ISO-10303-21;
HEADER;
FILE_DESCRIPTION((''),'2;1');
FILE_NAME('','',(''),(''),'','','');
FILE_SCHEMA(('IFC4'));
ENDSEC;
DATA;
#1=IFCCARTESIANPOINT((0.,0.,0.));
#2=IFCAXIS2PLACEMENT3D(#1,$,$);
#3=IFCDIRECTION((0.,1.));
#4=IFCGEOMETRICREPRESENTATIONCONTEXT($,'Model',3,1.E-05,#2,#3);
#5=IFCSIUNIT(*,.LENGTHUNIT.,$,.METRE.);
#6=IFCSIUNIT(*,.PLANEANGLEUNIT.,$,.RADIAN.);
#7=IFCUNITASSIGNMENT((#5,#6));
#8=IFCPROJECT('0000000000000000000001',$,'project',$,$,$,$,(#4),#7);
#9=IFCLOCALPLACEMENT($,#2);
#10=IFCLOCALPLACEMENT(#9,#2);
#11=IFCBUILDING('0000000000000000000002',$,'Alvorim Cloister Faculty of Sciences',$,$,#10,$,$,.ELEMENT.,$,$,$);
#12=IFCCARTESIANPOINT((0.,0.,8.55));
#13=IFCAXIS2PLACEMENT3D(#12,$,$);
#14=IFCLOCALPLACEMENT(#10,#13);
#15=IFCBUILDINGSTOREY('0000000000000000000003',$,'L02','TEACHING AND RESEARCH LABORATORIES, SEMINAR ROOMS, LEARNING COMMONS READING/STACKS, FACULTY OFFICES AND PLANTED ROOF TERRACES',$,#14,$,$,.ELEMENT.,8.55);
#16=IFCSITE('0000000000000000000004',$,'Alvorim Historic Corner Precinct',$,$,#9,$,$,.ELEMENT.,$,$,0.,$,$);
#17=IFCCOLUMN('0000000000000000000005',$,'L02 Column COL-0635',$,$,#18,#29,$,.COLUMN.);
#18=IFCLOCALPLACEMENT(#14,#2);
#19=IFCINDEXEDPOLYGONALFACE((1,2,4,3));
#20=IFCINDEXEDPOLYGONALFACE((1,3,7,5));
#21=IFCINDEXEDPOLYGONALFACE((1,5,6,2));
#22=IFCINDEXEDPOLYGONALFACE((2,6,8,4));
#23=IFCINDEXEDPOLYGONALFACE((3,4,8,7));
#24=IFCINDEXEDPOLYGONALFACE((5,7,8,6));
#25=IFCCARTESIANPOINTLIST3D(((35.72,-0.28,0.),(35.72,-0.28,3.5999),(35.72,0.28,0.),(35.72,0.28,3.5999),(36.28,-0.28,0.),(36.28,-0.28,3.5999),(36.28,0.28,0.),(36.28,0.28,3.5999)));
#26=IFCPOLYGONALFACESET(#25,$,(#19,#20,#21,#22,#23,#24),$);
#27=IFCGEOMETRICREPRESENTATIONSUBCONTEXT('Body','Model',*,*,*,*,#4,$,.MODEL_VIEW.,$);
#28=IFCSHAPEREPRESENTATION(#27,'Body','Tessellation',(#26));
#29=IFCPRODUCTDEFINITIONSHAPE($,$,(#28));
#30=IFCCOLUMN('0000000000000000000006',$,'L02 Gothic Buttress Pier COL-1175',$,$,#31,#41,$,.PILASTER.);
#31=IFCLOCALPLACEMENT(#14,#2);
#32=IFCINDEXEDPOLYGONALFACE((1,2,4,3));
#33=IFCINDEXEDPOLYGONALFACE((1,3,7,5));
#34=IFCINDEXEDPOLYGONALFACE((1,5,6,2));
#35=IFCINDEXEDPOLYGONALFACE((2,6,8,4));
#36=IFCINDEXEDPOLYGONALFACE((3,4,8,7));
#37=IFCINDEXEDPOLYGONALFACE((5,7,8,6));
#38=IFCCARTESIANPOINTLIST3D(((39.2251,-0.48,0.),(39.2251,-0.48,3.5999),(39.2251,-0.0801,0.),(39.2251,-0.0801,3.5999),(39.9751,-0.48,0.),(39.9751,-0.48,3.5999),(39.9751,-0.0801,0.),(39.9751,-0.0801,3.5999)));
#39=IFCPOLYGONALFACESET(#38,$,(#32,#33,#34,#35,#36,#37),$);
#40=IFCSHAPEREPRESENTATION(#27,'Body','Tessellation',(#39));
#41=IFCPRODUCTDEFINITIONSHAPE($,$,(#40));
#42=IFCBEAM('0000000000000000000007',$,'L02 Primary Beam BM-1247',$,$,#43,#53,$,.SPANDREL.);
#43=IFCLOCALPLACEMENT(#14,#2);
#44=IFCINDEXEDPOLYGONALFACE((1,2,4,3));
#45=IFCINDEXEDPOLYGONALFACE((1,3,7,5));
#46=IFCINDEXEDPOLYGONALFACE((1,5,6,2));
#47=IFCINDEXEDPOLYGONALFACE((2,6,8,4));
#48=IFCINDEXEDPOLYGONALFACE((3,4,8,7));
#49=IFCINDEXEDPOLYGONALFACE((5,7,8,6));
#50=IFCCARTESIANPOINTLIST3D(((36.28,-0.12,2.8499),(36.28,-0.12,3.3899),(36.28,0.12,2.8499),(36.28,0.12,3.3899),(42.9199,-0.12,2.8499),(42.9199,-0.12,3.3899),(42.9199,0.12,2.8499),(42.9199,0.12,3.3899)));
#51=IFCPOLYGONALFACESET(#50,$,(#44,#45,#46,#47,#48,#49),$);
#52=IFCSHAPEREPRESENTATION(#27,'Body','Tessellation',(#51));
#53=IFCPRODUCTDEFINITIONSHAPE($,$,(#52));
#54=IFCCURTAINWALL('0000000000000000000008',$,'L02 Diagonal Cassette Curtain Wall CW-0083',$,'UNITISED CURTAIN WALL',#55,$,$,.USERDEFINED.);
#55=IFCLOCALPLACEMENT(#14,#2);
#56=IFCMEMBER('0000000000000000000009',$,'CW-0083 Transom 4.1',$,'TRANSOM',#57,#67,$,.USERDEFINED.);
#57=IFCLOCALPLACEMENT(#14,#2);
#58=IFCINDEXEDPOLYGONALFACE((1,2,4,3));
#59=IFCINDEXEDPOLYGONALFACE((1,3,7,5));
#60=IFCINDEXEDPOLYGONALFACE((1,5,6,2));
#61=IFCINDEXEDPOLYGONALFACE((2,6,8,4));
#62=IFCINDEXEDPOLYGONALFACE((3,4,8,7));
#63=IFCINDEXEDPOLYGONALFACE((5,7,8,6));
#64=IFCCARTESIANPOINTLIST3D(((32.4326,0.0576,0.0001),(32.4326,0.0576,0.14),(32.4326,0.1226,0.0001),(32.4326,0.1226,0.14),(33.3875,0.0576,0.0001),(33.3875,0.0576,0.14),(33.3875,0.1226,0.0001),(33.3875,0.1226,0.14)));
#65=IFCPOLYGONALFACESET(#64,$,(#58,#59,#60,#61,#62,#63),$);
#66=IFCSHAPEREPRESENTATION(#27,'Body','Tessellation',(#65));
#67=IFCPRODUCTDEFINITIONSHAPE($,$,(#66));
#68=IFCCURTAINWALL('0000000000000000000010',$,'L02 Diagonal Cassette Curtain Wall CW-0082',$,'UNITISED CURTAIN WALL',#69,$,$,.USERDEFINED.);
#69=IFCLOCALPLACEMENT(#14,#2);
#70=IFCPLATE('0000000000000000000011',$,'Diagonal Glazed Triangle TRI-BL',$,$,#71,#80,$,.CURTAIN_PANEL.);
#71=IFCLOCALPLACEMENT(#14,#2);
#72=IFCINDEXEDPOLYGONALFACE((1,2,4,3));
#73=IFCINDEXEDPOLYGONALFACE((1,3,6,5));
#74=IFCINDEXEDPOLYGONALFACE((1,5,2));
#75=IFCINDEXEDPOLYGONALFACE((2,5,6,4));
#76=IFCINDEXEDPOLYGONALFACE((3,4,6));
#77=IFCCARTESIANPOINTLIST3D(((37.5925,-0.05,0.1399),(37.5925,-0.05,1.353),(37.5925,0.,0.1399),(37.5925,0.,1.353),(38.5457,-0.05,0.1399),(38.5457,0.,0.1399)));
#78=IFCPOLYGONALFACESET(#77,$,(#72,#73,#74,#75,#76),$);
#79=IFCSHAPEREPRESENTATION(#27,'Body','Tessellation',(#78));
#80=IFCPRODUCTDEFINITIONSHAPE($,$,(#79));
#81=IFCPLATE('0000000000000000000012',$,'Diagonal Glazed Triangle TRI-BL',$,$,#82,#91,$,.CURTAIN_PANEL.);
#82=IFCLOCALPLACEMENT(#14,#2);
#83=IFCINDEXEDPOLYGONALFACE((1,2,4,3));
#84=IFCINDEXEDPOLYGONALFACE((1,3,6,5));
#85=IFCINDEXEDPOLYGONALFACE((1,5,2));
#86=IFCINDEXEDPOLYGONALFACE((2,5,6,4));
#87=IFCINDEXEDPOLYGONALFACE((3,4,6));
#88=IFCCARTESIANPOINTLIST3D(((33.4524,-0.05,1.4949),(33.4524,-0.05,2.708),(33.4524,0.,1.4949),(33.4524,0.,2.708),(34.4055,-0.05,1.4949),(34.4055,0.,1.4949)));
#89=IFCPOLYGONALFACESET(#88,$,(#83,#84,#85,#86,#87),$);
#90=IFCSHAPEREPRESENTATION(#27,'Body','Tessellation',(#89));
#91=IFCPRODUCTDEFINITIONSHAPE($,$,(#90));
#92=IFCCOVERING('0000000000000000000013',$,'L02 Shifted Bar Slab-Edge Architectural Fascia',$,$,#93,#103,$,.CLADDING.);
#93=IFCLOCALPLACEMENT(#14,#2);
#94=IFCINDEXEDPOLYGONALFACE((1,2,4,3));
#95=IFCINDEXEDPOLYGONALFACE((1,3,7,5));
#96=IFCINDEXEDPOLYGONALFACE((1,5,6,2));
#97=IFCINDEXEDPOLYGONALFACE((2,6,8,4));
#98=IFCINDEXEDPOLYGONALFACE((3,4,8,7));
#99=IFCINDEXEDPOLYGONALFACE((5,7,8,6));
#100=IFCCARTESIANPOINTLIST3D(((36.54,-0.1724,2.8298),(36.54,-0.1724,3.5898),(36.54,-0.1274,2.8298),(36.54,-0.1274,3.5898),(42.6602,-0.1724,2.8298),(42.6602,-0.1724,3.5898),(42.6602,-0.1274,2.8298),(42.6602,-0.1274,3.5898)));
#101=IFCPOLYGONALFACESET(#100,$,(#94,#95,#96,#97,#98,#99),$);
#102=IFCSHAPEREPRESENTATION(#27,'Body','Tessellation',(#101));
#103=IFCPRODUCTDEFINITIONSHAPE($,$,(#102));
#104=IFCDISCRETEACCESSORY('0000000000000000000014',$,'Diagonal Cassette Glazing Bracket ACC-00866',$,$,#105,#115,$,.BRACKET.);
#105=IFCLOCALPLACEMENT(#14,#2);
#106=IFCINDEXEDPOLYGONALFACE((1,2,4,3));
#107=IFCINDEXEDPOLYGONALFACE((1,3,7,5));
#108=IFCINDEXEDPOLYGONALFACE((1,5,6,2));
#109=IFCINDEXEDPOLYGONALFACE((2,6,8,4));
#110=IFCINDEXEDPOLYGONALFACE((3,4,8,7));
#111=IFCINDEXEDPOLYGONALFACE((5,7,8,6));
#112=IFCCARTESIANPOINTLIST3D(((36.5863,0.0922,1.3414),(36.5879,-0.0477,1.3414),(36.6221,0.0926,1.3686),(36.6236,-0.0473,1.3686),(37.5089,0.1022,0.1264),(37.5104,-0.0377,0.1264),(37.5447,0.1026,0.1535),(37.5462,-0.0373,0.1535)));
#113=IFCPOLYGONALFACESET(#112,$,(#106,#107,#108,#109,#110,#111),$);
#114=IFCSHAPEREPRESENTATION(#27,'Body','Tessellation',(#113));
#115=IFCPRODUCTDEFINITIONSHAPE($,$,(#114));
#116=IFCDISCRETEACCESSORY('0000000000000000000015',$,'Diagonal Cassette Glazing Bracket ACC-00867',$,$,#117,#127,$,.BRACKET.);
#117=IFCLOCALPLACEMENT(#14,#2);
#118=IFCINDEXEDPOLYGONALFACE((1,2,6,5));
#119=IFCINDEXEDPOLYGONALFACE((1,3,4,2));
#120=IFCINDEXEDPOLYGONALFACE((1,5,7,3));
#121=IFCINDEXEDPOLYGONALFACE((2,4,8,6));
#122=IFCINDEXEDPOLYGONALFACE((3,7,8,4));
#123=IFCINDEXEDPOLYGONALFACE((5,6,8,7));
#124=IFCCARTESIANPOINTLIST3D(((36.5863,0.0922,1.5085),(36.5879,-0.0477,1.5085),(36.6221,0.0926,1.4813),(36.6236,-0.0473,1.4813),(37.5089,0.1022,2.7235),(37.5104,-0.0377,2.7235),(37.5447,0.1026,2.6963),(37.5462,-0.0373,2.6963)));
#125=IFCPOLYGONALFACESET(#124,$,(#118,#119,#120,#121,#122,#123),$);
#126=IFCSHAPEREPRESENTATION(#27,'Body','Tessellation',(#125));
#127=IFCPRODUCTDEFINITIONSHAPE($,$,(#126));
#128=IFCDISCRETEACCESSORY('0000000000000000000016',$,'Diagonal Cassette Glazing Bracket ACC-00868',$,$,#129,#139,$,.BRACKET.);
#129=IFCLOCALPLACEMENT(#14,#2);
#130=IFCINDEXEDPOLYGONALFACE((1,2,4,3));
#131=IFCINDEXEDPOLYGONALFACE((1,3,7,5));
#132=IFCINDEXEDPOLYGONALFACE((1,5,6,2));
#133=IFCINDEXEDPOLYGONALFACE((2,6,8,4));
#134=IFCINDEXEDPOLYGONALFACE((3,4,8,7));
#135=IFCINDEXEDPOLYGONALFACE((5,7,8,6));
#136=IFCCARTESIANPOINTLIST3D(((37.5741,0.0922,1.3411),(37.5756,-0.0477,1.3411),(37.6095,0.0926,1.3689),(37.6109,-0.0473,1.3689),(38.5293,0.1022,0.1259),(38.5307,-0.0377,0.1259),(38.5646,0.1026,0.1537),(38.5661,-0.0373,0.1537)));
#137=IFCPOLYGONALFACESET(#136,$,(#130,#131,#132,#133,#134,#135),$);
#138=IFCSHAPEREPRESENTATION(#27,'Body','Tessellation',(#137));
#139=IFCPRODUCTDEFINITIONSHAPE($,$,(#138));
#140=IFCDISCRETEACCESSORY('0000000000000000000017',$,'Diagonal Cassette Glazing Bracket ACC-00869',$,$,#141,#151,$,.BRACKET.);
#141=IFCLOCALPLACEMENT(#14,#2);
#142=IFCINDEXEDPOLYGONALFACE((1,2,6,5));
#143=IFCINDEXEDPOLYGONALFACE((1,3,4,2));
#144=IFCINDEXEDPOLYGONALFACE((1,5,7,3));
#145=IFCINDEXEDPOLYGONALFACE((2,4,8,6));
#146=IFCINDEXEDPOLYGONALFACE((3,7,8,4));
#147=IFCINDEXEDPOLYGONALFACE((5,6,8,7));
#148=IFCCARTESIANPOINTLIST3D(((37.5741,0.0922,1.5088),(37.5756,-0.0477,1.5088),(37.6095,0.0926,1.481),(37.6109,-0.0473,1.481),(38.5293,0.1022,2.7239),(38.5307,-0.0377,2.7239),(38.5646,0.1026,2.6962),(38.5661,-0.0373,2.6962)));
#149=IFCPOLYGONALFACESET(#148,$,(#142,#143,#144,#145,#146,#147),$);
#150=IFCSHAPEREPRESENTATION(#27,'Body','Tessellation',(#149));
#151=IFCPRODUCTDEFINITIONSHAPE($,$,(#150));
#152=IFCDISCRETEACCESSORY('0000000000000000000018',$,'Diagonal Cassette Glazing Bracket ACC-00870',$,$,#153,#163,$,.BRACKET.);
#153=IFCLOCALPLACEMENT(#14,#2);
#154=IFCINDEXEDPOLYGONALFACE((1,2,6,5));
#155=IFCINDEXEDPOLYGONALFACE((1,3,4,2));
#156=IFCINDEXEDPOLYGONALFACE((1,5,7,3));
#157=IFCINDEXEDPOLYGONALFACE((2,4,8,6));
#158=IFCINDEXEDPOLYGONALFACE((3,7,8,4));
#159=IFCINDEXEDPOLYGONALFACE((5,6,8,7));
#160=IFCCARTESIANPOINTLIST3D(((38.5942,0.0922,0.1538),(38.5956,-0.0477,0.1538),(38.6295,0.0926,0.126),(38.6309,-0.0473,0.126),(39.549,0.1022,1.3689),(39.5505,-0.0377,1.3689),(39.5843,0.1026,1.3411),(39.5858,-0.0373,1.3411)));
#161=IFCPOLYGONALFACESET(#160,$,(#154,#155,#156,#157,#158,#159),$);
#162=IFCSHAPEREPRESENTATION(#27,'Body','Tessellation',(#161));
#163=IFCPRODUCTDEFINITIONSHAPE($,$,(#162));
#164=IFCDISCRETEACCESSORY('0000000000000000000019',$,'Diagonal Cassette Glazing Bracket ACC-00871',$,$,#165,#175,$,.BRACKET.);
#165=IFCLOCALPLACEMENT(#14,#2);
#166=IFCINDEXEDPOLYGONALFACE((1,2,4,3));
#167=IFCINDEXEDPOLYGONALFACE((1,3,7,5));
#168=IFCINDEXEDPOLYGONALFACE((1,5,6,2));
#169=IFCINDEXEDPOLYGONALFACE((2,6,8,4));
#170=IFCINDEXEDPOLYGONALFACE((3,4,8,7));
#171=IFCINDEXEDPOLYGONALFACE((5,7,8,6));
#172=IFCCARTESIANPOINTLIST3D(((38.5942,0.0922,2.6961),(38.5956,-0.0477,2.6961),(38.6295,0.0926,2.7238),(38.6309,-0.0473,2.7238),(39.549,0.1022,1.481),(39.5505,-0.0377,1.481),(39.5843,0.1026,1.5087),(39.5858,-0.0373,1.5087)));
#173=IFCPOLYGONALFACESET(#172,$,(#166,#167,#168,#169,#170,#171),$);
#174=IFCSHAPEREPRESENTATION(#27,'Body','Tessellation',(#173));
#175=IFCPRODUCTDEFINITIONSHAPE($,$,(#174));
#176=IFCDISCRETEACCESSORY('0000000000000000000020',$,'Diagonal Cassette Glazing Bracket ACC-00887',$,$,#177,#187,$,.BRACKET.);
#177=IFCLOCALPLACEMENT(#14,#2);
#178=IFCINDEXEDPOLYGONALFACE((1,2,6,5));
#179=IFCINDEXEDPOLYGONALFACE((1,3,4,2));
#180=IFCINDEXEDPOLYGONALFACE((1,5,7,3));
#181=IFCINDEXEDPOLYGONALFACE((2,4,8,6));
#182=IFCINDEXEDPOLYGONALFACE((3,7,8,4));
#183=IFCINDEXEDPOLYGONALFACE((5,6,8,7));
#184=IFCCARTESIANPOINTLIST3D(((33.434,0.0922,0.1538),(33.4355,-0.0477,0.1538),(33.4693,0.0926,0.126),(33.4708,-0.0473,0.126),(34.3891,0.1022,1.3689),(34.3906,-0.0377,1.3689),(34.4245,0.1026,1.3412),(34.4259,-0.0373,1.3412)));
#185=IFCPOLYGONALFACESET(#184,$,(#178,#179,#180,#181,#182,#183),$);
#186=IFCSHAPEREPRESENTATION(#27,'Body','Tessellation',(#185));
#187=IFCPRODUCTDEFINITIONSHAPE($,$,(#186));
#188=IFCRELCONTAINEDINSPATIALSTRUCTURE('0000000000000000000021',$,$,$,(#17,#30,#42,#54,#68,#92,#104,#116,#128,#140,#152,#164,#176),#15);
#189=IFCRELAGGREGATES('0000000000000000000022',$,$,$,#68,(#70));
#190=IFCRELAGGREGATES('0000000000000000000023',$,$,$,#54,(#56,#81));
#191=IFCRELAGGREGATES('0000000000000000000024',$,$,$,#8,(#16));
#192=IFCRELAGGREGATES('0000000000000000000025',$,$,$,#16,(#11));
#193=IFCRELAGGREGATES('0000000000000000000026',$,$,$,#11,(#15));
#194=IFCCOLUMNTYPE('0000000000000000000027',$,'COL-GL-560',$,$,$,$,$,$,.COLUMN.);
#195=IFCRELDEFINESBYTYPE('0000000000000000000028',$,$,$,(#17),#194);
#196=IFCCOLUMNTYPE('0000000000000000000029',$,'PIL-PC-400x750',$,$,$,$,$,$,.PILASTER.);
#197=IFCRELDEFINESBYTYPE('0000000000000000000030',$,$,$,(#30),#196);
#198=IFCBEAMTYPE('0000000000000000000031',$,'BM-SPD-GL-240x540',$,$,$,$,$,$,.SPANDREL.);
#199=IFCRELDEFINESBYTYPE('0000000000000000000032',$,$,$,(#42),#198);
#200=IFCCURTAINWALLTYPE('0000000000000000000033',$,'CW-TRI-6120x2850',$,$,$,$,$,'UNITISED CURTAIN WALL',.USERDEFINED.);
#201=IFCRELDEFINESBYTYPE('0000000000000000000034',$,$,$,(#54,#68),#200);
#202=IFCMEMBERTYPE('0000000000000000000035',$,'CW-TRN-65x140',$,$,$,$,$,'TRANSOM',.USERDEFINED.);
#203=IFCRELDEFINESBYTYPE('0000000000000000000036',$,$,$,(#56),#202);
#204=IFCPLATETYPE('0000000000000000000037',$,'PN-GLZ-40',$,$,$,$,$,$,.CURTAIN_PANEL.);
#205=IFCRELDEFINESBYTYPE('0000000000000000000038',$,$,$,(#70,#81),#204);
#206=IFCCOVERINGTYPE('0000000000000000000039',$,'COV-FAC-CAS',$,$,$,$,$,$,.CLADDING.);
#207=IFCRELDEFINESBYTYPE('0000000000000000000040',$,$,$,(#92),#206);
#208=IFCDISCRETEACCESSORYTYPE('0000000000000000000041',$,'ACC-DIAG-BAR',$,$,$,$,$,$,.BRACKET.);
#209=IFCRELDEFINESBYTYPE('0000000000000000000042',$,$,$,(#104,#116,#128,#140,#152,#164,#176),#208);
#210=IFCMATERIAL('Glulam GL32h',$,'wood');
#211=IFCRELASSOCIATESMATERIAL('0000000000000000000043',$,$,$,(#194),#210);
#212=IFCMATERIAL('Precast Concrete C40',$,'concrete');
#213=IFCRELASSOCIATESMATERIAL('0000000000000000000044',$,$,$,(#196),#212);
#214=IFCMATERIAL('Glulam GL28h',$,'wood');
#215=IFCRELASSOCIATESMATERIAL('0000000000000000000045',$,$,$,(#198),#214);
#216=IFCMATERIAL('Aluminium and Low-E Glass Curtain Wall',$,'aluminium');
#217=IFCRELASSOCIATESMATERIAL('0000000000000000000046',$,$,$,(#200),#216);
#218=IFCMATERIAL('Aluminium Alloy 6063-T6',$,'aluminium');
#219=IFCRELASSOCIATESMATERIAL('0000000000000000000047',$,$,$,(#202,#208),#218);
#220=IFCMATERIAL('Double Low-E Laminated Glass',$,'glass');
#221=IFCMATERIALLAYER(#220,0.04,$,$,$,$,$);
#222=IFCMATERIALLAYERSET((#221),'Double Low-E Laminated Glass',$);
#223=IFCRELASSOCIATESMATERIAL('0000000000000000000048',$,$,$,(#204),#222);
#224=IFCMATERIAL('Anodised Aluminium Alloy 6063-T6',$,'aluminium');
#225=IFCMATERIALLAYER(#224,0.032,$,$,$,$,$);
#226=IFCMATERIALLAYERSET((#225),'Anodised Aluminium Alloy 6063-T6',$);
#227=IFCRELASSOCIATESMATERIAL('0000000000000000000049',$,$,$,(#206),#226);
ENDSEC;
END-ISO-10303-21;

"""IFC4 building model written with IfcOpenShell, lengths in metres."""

from ifc_helpers import new_model, si_unit, direction, frame, origin, origin_2d, place, context, subcontext, project, spatial, polyline, rectangle, outline, extrude, material, layer, layer_set, material_profile, profile_set, type_object, element, aggregate, save


model = new_model("IFC4")

# Units and contexts
model_context = context("Model", 3, precision=1e-05, world=origin(), true_north=direction((0.0, 1.0)))
body_context = subcontext(model_context, "Body", "Model", "MODEL_VIEW")
ifc_project = project(units=[si_unit("LENGTHUNIT", "METRE"), si_unit("PLANEANGLEUNIT", "RADIAN")], contexts=[model_context])

# Site, building, storey
site_placement = place(None, origin())
site = spatial("IfcSite", under=ifc_project, at=site_placement, Name="Alvorim Historic Corner Precinct", CompositionType="ELEMENT", RefElevation=0.0)
building_placement = place(site_placement, origin())
building = spatial("IfcBuilding", under=site, at=building_placement, Name="Alvorim Cloister Faculty of Sciences", CompositionType="ELEMENT")
storey_placement = place(building_placement, frame((0.0, 0.0, 8.55)))
storey = spatial("IfcBuildingStorey", under=building, at=storey_placement, Name="L02", Description="TEACHING AND RESEARCH LABORATORIES, SEMINAR ROOMS, LEARNING COMMONS READING/STACKS, FACULTY OFFICES AND PLANTED ROOF TERRACES", CompositionType="ELEMENT", Elevation=8.55)

# Columns
ifc_material_1 = material(Name="Glulam GL32h", Category="wood")
ifc_material_profile_1 = material_profile(ifc_material_1, rectangle(XDim=0.5601, YDim=0.5601, at=origin_2d()), Name="GL32-COL-560x560")
ifc_profile_set_1 = profile_set([ifc_material_profile_1], Name="Glulam GL32h")
column_type_1 = type_object("IfcColumnType", Name="COL-GL-560", PredefinedType="COLUMN", material=ifc_profile_set_1)
column_1_placement = place(storey_placement, frame((36.0, 0.0, 0.0), z_axis=(0.0, 0.0, 1.0), x_axis=(1.0, 0.0, 0.0)))
element("IfcColumn", 1, at=column_1_placement, inside=storey, type_object=column_type_1, Name="L02 Column COL-0635", PredefinedType="COLUMN", context=body_context, shape_type="SweptSolid", body=[
    extrude(rectangle(XDim=0.5601, YDim=0.5601, at=origin_2d()), origin(), (0.0, 0.0, 1.0), 3.5999),
])
ifc_material_2 = material(Name="Precast Concrete C40", Category="concrete")
ifc_material_profile_2 = material_profile(ifc_material_2, rectangle(XDim=0.3999, YDim=0.75, at=origin_2d()), Name="RC40-PIL-400x750")
ifc_profile_set_2 = profile_set([ifc_material_profile_2], Name="Precast Concrete C40")
column_type_2 = type_object("IfcColumnType", Name="PIL-PC-400x750", PredefinedType="PILASTER", material=ifc_profile_set_2)
column_2_placement = place(storey_placement, frame((39.6001, -0.28, 0.0), z_axis=(0.0, 0.0, 1.0), x_axis=(0.0, 1.0, 0.0)))
element("IfcColumn", 2, at=column_2_placement, inside=storey, type_object=column_type_2, Name="L02 Gothic Buttress Pier COL-1175", PredefinedType="PILASTER", context=body_context, shape_type="SweptSolid", body=[
    extrude(rectangle(XDim=0.3999, YDim=0.75, at=origin_2d()), origin(), (0.0, 0.0, 1.0), 3.5999),
])

# Beam
ifc_material_3 = material(Name="Glulam GL28h", Category="wood")
ifc_material_profile_3 = material_profile(ifc_material_3, rectangle(XDim=0.24, YDim=0.54, at=origin_2d()), Name="GL28-SPD-240x540")
ifc_profile_set_3 = profile_set([ifc_material_profile_3], Name="Glulam GL28h")
beam_type = type_object("IfcBeamType", Name="BM-SPD-GL-240x540", PredefinedType="SPANDREL", material=ifc_profile_set_3)
beam_placement = place(storey_placement, frame((36.28, 0.0, 3.1199), z_axis=(1.0, 0.0, 0.0), x_axis=(0.0, 1.0, 0.0)))
element("IfcBeam", 3, at=beam_placement, inside=storey, type_object=beam_type, Name="L02 Primary Beam BM-1247", PredefinedType="SPANDREL", context=body_context, shape_type="SweptSolid", body=[
    extrude(rectangle(XDim=0.24, YDim=0.54, at=origin_2d()), origin(), (0.0, 0.0, 1.0), 6.6399),
])

# Curtain wall, member
ifc_material_4 = material(Name="Aluminium and Low-E Glass Curtain Wall", Category="aluminium")
curtain_wall_type = type_object("IfcCurtainWallType", Name="CW-TRI-6120x2850", ElementType="UNITISED CURTAIN WALL", PredefinedType="USERDEFINED", material=ifc_material_4)
curtain_wall_1_placement = place(storey_placement, origin())
curtain_wall_1 = element("IfcCurtainWall", 4, at=curtain_wall_1_placement, inside=storey, type_object=curtain_wall_type, Name="L02 Diagonal Cassette Curtain Wall CW-0083", ObjectType="UNITISED CURTAIN WALL", PredefinedType="USERDEFINED")
ifc_material_5 = material(Name="Aluminium Alloy 6063-T6", Category="aluminium")
ifc_material_profile_4 = material_profile(ifc_material_5, rectangle(XDim=0.0649, YDim=0.1399, at=origin_2d()), Name="ALU-TRN-65x140")
ifc_profile_set_4 = profile_set([ifc_material_profile_4], Name="Aluminium Alloy 6063-T6")
member_type = type_object("IfcMemberType", Name="CW-TRN-65x140", ElementType="TRANSOM", PredefinedType="USERDEFINED", material=ifc_profile_set_4)
member_placement = place(storey_placement, frame((32.4326, 0.0901, 0.0701), z_axis=(1.0, 0.0, 0.0), x_axis=(0.0, 1.0, 0.0)))
member = element("IfcMember", 5, at=member_placement, type_object=member_type, Name="CW-0083 Transom 4.1", ObjectType="TRANSOM", PredefinedType="USERDEFINED", context=body_context, shape_type="SweptSolid", body=[
    extrude(rectangle(XDim=0.0649, YDim=0.1399, at=origin_2d()), origin(), (0.0, 0.0, 1.0), 0.9548),
])

# Curtain wall, plate
curtain_wall_2_placement = place(storey_placement, origin())
curtain_wall_2 = element("IfcCurtainWall", 6, at=curtain_wall_2_placement, inside=storey, type_object=curtain_wall_type, Name="L02 Diagonal Cassette Curtain Wall CW-0082", ObjectType="UNITISED CURTAIN WALL", PredefinedType="USERDEFINED")
ifc_material_6 = material(Name="Double Low-E Laminated Glass", Category="glass")
ifc_layer_1 = layer(ifc_material_6, 0.04)
ifc_layer_set_1 = layer_set([ifc_layer_1], Name="Double Low-E Laminated Glass")
plate_type = type_object("IfcPlateType", Name="PN-GLZ-40", PredefinedType="CURTAIN_PANEL", material=ifc_layer_set_1)
plate_1_placement = place(storey_placement, frame((37.5925, -0.0249, 0.1399), z_axis=(0.0, 0.0, 1.0), x_axis=(1.0, 0.0, 0.0)))
plate_1 = element("IfcPlate", 7, at=plate_1_placement, type_object=plate_type, Name="Diagonal Glazed Triangle TRI-BL", PredefinedType="CURTAIN_PANEL", context=body_context, shape_type="SweptSolid", body=[
    extrude(outline(polyline([(0.0, 0.0), (0.9531, 0.0), (0.0, 1.2131), (0.0, 0.0)])), frame((0.0, 0.0249, 0.0), z_axis=(0.0, -1.0, 0.0), x_axis=(1.0, 0.0, 0.0)), (0.0, 0.0, 1.0), 0.05),
])
aggregate(curtain_wall_2, [plate_1])

# Plate
plate_2_placement = place(storey_placement, frame((33.4524, -0.0249, 1.4949), z_axis=(0.0, 0.0, 1.0), x_axis=(1.0, 0.0, 0.0)))
plate_2 = element("IfcPlate", 8, at=plate_2_placement, type_object=plate_type, Name="Diagonal Glazed Triangle TRI-BL", PredefinedType="CURTAIN_PANEL", context=body_context, shape_type="SweptSolid", body=[
    extrude(outline(polyline([(0.0, 0.0), (0.9531, 0.0), (0.0, 1.2131), (0.0, 0.0)])), frame((0.0, 0.0249, 0.0), z_axis=(0.0, -1.0, 0.0), x_axis=(1.0, 0.0, 0.0)), (0.0, 0.0, 1.0), 0.05),
])
aggregate(curtain_wall_1, [member, plate_2])

# Covering
ifc_material_7 = material(Name="Anodised Aluminium Alloy 6063-T6", Category="aluminium")
ifc_layer_2 = layer(ifc_material_7, 0.032)
ifc_layer_set_2 = layer_set([ifc_layer_2], Name="Anodised Aluminium Alloy 6063-T6")
covering_type = type_object("IfcCoveringType", Name="COV-FAC-CAS", PredefinedType="CLADDING", material=ifc_layer_set_2)
covering_placement = place(storey_placement, frame((36.54, -0.1499, 2.8298), z_axis=(0.0, 0.0, 1.0), x_axis=(1.0, 0.0, 0.0)))
element("IfcCovering", 9, at=covering_placement, inside=storey, type_object=covering_type, Name="L02 Shifted Bar Slab-Edge Architectural Fascia", PredefinedType="CLADDING", context=body_context, shape_type="SweptSolid", body=[
    extrude(outline(polyline([(0.0, 0.0), (6.1201, 0.0), (6.1201, 0.76), (0.0, 0.76), (0.0, 0.0)])), frame((0.0, 0.0225, 0.0), z_axis=(0.0, -1.0, 0.0), x_axis=(1.0, 0.0, 0.0)), (0.0, 0.0, 1.0), 0.0449),
])

# Discrete accessories
discrete_accessory_type = type_object("IfcDiscreteAccessoryType", Name="ACC-DIAG-BAR", PredefinedType="BRACKET", material=ifc_material_5)
for number, where, z_axis, x_axis, name in (
    (10, (36.605, 0.0225, 1.355), (0.604713, 0.006561, -0.796416), (-0.010849, 0.999941, 0.0), "Diagonal Cassette Glazing Bracket ACC-00866"),
    (11, (36.605, 0.0225, 1.4949), (0.604713, 0.006561, 0.796416), (-0.010849, 0.999941, 0.0), "Diagonal Cassette Glazing Bracket ACC-00867"),
):
    element("IfcDiscreteAccessory", number, at=place(storey_placement, frame(where, z_axis=z_axis, x_axis=x_axis)), inside=storey, type_object=discrete_accessory_type, Name=name, PredefinedType="BRACKET", context=body_context, shape_type="SweptSolid", body=[
        extrude(rectangle(XDim=0.1399, YDim=0.0449, at=origin_2d()), origin(), (0.0, 0.0, 1.0), 1.5256),
    ])
for number, where, z_axis, x_axis, name in (
    (12, (37.5925, 0.0225, 1.355), (0.617955, 0.006477, -0.786187), (-0.01048, 0.999945, 0.0), "Diagonal Cassette Glazing Bracket ACC-00868"),
    (13, (37.5925, 0.0225, 1.4949), (0.617955, 0.006477, 0.786187), (-0.01048, 0.999945, 0.0), "Diagonal Cassette Glazing Bracket ACC-00869"),
):
    element("IfcDiscreteAccessory", number, at=place(storey_placement, frame(where, z_axis=z_axis, x_axis=x_axis)), inside=storey, type_object=discrete_accessory_type, Name=name, PredefinedType="BRACKET", context=body_context, shape_type="SweptSolid", body=[
        extrude(rectangle(XDim=0.1399, YDim=0.0449, at=origin_2d()), origin(), (0.0, 0.0, 1.0), 1.5457),
    ])
for number, where, z_axis, x_axis, name in (
    (14, (38.6125, 0.0225, 0.1399), (0.617857, 0.006477, 0.786263), (-0.010483, 0.999945, 0.0), "Diagonal Cassette Glazing Bracket ACC-00870"),
    (15, (38.6125, 0.0225, 2.71), (0.617857, 0.006477, -0.786263), (-0.010483, 0.999945, 0.0), "Diagonal Cassette Glazing Bracket ACC-00871"),
):
    element("IfcDiscreteAccessory", number, at=place(storey_placement, frame(where, z_axis=z_axis, x_axis=x_axis)), inside=storey, type_object=discrete_accessory_type, Name=name, PredefinedType="BRACKET", context=body_context, shape_type="SweptSolid", body=[
        extrude(rectangle(XDim=0.1399, YDim=0.0449, at=origin_2d()), origin(), (0.0, 0.0, 1.0), 1.5454),
    ])
for number, where, z_axis, x_axis, name in (
    (16, (33.4524, 0.0225, 0.1399), (0.617955, 0.006477, 0.786187), (-0.01048, 0.999945, 0.0), "Diagonal Cassette Glazing Bracket ACC-00887"),
):
    element("IfcDiscreteAccessory", number, at=place(storey_placement, frame(where, z_axis=z_axis, x_axis=x_axis)), inside=storey, type_object=discrete_accessory_type, Name=name, PredefinedType="BRACKET", context=body_context, shape_type="SweptSolid", body=[
        extrude(rectangle(XDim=0.1399, YDim=0.0449, at=origin_2d()), origin(), (0.0, 0.0, 1.0), 1.5457),
    ])

save(model, "model.ifc")
